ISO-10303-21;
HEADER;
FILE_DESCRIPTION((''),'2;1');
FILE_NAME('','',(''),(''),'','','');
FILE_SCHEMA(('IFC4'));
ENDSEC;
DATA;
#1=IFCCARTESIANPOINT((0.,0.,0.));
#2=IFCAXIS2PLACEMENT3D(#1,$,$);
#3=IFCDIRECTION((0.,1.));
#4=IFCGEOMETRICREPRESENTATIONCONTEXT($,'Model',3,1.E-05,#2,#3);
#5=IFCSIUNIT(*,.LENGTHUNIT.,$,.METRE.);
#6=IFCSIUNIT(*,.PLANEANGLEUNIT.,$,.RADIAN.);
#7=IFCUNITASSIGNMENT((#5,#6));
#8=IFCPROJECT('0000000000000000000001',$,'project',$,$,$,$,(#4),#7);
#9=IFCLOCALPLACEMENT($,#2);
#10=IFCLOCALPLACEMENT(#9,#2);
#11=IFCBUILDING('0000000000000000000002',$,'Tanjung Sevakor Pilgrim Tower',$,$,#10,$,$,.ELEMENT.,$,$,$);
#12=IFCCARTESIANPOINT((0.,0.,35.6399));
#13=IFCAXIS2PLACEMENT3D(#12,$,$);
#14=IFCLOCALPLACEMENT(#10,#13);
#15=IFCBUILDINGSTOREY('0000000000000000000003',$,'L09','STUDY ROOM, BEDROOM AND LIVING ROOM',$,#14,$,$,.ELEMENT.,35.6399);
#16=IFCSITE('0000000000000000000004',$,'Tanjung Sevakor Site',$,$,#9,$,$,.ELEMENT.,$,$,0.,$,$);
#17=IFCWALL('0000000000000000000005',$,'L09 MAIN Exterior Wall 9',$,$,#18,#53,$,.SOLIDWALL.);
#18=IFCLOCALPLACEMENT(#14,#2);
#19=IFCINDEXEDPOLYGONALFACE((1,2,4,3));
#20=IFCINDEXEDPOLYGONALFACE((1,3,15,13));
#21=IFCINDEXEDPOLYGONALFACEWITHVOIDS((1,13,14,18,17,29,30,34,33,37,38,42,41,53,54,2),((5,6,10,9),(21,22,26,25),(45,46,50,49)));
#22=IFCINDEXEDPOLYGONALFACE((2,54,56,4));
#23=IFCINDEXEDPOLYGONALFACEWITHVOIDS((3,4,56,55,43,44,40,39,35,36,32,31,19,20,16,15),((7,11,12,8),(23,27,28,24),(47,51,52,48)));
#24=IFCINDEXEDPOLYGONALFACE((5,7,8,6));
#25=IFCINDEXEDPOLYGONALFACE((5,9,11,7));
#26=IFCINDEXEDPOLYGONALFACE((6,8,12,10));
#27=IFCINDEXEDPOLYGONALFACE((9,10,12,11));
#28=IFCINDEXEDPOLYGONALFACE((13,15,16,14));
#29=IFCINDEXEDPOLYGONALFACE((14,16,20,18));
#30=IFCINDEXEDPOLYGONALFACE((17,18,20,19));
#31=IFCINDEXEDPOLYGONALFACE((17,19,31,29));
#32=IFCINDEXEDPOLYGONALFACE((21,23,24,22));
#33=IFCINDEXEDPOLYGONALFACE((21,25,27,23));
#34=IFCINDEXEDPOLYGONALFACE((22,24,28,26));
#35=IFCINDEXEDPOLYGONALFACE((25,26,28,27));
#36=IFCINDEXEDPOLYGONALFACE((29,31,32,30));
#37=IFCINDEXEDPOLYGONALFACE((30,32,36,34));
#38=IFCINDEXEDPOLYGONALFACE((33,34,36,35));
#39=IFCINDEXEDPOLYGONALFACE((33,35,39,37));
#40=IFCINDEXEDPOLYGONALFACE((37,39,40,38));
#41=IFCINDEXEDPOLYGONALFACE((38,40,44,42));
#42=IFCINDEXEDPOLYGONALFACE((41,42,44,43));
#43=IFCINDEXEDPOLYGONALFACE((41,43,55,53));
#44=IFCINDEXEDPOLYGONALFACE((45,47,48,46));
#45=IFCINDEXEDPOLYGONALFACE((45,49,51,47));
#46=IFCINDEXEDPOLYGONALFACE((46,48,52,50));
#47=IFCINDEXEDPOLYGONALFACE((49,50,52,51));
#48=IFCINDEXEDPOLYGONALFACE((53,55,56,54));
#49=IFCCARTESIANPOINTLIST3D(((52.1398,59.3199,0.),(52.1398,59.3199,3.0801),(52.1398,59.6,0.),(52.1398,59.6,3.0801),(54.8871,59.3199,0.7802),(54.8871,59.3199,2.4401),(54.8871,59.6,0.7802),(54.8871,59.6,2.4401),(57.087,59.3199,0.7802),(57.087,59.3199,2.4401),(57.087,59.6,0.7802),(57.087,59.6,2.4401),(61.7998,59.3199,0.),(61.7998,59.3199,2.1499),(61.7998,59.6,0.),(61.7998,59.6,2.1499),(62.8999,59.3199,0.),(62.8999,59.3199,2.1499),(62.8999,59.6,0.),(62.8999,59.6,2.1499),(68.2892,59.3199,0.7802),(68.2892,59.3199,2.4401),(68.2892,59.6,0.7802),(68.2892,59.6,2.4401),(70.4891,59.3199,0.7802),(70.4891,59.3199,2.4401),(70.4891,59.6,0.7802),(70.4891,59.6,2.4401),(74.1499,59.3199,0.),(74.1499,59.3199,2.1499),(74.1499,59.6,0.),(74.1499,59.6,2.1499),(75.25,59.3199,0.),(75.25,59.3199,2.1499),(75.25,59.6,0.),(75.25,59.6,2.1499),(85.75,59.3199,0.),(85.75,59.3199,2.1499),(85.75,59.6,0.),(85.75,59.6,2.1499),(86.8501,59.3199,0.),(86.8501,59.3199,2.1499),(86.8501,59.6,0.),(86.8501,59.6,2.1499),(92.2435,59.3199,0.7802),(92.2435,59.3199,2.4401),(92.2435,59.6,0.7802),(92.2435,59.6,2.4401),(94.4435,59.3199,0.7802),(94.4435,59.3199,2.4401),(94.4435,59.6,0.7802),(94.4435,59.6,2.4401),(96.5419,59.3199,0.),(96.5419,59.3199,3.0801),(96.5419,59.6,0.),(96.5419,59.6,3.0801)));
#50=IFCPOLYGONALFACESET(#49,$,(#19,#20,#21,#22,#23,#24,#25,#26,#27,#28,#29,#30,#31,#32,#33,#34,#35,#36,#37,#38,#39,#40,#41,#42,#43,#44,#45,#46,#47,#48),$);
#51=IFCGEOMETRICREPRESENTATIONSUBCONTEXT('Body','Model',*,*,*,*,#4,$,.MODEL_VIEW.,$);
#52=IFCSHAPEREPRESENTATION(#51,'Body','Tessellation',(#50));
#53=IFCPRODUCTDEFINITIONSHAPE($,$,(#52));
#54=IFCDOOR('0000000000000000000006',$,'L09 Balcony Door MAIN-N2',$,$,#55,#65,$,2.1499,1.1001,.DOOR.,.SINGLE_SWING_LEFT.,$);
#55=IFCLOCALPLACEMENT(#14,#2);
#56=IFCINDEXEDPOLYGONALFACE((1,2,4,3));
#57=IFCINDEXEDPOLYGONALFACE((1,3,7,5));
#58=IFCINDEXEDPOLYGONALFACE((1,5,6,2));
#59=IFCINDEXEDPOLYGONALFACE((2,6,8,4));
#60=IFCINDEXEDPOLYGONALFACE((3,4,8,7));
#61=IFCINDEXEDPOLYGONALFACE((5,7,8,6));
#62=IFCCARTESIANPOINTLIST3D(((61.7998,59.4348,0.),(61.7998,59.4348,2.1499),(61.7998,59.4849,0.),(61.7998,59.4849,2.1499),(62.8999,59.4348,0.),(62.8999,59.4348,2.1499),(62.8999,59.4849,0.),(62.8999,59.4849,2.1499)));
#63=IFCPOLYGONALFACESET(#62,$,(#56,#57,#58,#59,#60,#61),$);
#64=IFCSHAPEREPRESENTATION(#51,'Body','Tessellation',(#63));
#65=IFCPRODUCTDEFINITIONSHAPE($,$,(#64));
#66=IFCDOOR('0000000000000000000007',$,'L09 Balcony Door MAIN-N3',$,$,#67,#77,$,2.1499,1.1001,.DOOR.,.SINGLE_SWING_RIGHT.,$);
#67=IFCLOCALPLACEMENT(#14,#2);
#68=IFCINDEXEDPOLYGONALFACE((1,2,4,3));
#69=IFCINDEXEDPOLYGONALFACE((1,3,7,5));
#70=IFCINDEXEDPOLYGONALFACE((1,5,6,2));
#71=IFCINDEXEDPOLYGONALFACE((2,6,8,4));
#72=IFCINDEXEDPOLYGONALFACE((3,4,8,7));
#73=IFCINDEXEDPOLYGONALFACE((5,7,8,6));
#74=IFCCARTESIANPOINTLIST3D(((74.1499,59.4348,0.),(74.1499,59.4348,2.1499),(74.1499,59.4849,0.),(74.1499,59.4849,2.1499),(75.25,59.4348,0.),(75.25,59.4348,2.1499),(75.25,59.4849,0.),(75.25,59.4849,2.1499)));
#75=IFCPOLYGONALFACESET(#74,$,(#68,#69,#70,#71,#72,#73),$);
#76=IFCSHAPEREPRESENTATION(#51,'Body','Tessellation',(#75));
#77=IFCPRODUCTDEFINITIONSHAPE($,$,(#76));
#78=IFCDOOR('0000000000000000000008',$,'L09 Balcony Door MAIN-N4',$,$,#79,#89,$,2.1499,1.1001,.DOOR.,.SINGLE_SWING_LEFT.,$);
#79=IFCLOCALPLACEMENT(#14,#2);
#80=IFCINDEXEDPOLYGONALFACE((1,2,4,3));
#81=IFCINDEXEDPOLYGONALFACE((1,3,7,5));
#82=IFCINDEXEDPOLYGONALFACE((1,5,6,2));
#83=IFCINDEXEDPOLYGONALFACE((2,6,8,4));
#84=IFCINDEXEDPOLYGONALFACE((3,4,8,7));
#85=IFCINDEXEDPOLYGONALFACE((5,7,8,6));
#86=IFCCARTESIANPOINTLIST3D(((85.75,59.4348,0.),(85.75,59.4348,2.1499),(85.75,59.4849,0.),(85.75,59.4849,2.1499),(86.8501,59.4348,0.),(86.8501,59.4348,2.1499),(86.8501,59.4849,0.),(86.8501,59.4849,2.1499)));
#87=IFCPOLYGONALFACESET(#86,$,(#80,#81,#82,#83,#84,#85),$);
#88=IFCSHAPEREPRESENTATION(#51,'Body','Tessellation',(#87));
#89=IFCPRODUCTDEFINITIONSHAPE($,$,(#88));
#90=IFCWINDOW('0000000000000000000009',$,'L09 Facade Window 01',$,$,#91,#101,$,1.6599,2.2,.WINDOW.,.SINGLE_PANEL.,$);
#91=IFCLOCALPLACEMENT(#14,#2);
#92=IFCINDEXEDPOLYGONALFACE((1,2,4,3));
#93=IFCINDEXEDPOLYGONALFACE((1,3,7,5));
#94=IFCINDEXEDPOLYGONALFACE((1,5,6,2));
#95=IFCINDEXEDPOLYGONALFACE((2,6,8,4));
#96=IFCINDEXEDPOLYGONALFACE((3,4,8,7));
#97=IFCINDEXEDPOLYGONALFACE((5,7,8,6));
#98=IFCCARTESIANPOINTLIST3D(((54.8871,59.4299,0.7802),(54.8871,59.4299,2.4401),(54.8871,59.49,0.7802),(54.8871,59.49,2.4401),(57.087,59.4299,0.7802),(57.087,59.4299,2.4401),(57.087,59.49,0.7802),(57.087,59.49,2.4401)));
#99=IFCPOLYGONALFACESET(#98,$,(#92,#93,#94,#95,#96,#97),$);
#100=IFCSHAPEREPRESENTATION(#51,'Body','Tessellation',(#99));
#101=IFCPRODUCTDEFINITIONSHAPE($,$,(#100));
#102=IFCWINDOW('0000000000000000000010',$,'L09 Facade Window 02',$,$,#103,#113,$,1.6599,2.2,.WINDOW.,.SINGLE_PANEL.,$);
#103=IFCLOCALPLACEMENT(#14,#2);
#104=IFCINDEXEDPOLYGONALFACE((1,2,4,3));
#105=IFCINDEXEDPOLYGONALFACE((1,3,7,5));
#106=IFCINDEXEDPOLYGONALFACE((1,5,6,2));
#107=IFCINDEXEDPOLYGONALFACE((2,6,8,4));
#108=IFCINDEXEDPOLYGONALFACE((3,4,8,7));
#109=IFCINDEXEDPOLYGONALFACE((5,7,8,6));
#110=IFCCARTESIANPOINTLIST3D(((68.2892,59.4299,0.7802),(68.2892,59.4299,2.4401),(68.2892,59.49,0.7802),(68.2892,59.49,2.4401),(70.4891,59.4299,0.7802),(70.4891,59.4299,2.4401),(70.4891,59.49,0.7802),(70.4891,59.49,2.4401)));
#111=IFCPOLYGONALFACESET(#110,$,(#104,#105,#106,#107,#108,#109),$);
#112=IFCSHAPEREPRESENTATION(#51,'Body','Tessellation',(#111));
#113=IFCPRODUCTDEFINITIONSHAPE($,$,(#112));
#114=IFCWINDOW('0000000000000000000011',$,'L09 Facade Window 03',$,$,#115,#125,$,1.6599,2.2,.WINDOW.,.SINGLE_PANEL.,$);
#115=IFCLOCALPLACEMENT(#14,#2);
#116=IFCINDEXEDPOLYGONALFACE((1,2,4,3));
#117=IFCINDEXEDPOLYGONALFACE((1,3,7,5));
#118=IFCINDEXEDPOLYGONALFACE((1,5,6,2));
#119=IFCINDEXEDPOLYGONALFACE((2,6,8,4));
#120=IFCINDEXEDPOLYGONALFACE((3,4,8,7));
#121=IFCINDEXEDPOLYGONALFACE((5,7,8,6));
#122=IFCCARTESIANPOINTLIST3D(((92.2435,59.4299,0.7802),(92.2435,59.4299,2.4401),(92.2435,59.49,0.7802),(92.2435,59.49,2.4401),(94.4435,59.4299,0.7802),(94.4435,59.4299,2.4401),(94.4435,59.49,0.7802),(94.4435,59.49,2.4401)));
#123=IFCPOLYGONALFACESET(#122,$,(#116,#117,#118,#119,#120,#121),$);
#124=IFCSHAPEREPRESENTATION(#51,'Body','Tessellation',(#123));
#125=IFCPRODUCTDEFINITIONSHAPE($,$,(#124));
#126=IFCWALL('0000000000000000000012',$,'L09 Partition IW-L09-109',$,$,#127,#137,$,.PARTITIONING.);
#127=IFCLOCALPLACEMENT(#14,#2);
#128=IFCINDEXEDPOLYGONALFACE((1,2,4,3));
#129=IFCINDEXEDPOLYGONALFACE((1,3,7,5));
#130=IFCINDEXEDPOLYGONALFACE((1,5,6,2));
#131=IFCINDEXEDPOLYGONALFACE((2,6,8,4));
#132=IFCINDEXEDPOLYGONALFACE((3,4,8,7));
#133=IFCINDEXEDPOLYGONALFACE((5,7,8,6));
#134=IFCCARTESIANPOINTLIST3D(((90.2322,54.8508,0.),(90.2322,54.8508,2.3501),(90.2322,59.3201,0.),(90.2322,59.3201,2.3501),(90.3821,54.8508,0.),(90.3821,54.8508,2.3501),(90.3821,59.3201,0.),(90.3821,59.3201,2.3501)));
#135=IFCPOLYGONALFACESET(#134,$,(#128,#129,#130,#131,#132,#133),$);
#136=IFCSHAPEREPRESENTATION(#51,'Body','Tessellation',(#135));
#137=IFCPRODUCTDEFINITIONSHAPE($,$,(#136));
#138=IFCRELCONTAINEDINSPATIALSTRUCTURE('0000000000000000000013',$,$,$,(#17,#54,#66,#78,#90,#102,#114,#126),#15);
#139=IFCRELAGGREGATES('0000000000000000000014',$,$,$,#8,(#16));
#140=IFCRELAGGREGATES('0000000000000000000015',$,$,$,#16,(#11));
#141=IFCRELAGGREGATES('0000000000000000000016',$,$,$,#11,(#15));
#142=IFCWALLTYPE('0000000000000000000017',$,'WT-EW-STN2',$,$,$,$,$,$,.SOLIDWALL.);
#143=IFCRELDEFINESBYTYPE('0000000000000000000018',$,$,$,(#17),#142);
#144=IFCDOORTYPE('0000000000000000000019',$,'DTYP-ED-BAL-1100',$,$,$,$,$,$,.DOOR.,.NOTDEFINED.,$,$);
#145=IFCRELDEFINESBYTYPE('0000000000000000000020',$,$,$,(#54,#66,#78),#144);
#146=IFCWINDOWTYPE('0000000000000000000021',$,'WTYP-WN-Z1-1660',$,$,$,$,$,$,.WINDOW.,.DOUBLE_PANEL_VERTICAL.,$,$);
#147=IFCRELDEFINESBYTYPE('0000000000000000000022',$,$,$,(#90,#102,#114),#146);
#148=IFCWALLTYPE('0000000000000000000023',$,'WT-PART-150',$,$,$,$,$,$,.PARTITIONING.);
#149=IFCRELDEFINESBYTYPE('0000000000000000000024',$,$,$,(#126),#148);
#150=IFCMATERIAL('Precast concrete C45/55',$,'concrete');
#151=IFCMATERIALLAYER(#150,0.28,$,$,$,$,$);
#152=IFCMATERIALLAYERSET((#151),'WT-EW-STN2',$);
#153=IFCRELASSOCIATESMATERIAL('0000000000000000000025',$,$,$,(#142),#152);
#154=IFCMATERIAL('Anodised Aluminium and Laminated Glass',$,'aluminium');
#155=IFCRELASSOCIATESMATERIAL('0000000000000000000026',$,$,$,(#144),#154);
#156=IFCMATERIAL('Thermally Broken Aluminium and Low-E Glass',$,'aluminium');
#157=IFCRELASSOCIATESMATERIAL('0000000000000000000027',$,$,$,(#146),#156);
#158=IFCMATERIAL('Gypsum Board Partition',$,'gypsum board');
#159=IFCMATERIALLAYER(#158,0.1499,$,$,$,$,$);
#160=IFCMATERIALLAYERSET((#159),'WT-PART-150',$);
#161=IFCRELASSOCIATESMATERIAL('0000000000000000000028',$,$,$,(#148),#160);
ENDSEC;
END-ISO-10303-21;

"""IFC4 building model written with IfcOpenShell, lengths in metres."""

from ifc_helpers import new_model, si_unit, direction, frame, frame_2d, origin, place, context, subcontext, project, spatial, rectangle, extrude, material, layer, layer_set, type_object, element, fill, save


model = new_model("IFC4")

# Units and contexts
model_context = context("Model", 3, precision=1e-05, world=origin(), true_north=direction((0.0, 1.0)))
body_context = subcontext(model_context, "Body", "Model", "MODEL_VIEW")
ifc_project = project(units=[si_unit("LENGTHUNIT", "METRE"), si_unit("PLANEANGLEUNIT", "RADIAN")], contexts=[model_context])

# Site, building, storey
site_placement = place(None, origin())
site = spatial("IfcSite", under=ifc_project, at=site_placement, Name="Tanjung Sevakor Site", CompositionType="ELEMENT", RefElevation=0.0)
building_placement = place(site_placement, origin())
building = spatial("IfcBuilding", under=site, at=building_placement, Name="Tanjung Sevakor Pilgrim Tower", CompositionType="ELEMENT")
storey_placement = place(building_placement, frame((0.0, 0.0, 35.6399)))
storey = spatial("IfcBuildingStorey", under=building, at=storey_placement, Name="L09", Description="STUDY ROOM, BEDROOM AND LIVING ROOM", CompositionType="ELEMENT", Elevation=35.6399)

# Wall, openings, doors, windows
ifc_material_1 = material(Name="Precast concrete C45/55", Category="concrete")
ifc_layer_1 = layer(ifc_material_1, 0.28)
ifc_layer_set_1 = layer_set([ifc_layer_1], Name="WT-EW-STN2")
wall_type_1 = type_object("IfcWallType", Name="WT-EW-STN2", PredefinedType="SOLIDWALL", material=ifc_layer_set_1)
wall_1_placement = place(storey_placement, frame((96.542, 59.46, 0.0), z_axis=(0.0, 0.0, 1.0), x_axis=(-1.0, 0.0, 0.0)))
wall_1 = element("IfcWall", 1, at=wall_1_placement, inside=storey, type_object=wall_type_1, Name="L09 MAIN Exterior Wall 9", PredefinedType="SOLIDWALL", context=body_context, shape_type="SweptSolid", body=[
    extrude(rectangle(XDim=44.4021, YDim=0.28, at=frame_2d((22.2012, 0.0))), origin(), (0.0, 0.0, 1.0), 3.0801),
])
opening_1_placement = place(wall_1_placement, frame((33.6421, 0.0, 0.0)))
opening_1 = element("IfcOpeningElement", 2, at=opening_1_placement, cuts=wall_1, PredefinedType="OPENING", context=body_context, shape_type="SweptSolid", body=[
    extrude(rectangle(XDim=1.1001, YDim=2.1499, at=frame_2d((0.55, 1.075))), frame((0.0, 0.1499, 0.0), z_axis=(0.0, -1.0, 0.0), x_axis=(1.0, 0.0, 0.0)), (0.0, 0.0, 1.0), 0.3),
])
opening_2_placement = place(wall_1_placement, frame((21.292, 0.0, 0.0)))
opening_2 = element("IfcOpeningElement", 3, at=opening_2_placement, cuts=wall_1, PredefinedType="OPENING", context=body_context, shape_type="SweptSolid", body=[
    extrude(rectangle(XDim=1.1001, YDim=2.1499, at=frame_2d((0.55, 1.075))), frame((0.0, 0.1499, 0.0), z_axis=(0.0, -1.0, 0.0), x_axis=(1.0, 0.0, 0.0)), (0.0, 0.0, 1.0), 0.3),
])
opening_3_placement = place(wall_1_placement, frame((9.6919, 0.0, 0.0)))
opening_3 = element("IfcOpeningElement", 4, at=opening_3_placement, cuts=wall_1, PredefinedType="OPENING", context=body_context, shape_type="SweptSolid", body=[
    extrude(rectangle(XDim=1.1001, YDim=2.1499, at=frame_2d((0.55, 1.075))), frame((0.0, 0.1499, 0.0), z_axis=(0.0, -1.0, 0.0), x_axis=(1.0, 0.0, 0.0)), (0.0, 0.0, 1.0), 0.3),
])
opening_4_placement = place(wall_1_placement, frame((39.4548, 0.0, 0.78)))
opening_4 = element("IfcOpeningElement", 5, at=opening_4_placement, cuts=wall_1, PredefinedType="OPENING", context=body_context, shape_type="SweptSolid", body=[
    extrude(rectangle(XDim=2.2, YDim=1.6599, at=frame_2d((1.1001, 0.8301))), frame((0.0, 0.1499, 0.0), z_axis=(0.0, -1.0, 0.0), x_axis=(1.0, 0.0, 0.0)), (0.0, 0.0, 1.0), 0.3),
])
opening_5_placement = place(wall_1_placement, frame((26.0527, 0.0, 0.78)))
opening_5 = element("IfcOpeningElement", 6, at=opening_5_placement, cuts=wall_1, PredefinedType="OPENING", context=body_context, shape_type="SweptSolid", body=[
    extrude(rectangle(XDim=2.2, YDim=1.6599, at=frame_2d((1.1001, 0.8301))), frame((0.0, 0.1499, 0.0), z_axis=(0.0, -1.0, 0.0), x_axis=(1.0, 0.0, 0.0)), (0.0, 0.0, 1.0), 0.3),
])
opening_6_placement = place(wall_1_placement, frame((2.0984, 0.0, 0.78)))
opening_6 = element("IfcOpeningElement", 7, at=opening_6_placement, cuts=wall_1, PredefinedType="OPENING", context=body_context, shape_type="SweptSolid", body=[
    extrude(rectangle(XDim=2.2, YDim=1.6599, at=frame_2d((1.1001, 0.8301))), frame((0.0, 0.1499, 0.0), z_axis=(0.0, -1.0, 0.0), x_axis=(1.0, 0.0, 0.0)), (0.0, 0.0, 1.0), 0.3),
])
ifc_material_2 = material(Name="Anodised Aluminium and Laminated Glass", Category="aluminium")
door_type_1 = type_object("IfcDoorType", Name="DTYP-ED-BAL-1100", OperationType="NOTDEFINED", PredefinedType="DOOR", material=ifc_material_2)
door_1_placement = place(opening_1_placement, frame((1.1001, 0.0, 0.0), z_axis=(0.0, 0.0, 1.0), x_axis=(-1.0, 0.0, 0.0)))
door_1 = element("IfcDoor", 8, at=door_1_placement, inside=storey, type_object=door_type_1, Name="L09 Balcony Door MAIN-N2", OperationType="SINGLE_SWING_LEFT", OverallHeight=2.1499, OverallWidth=1.1001, PredefinedType="DOOR", context=body_context, shape_type="SweptSolid", body=[
    extrude(rectangle(XDim=1.1001, YDim=2.1499, at=frame_2d((0.55, 1.075))), frame((0.0, 0.0249, 0.0), z_axis=(0.0, -1.0, 0.0), x_axis=(1.0, 0.0, 0.0)), (0.0, 0.0, 1.0), 0.05),
])
fill(opening_1, door_1)
door_2_placement = place(opening_2_placement, frame((1.1001, 0.0, 0.0), z_axis=(0.0, 0.0, 1.0), x_axis=(-1.0, 0.0, 0.0)))
door_2 = element("IfcDoor", 9, at=door_2_placement, inside=storey, type_object=door_type_1, Name="L09 Balcony Door MAIN-N3", OperationType="SINGLE_SWING_RIGHT", OverallHeight=2.1499, OverallWidth=1.1001, PredefinedType="DOOR", context=body_context, shape_type="SweptSolid", body=[
    extrude(rectangle(XDim=1.1001, YDim=2.1499, at=frame_2d((0.55, 1.075))), frame((0.0, 0.0249, 0.0), z_axis=(0.0, -1.0, 0.0), x_axis=(1.0, 0.0, 0.0)), (0.0, 0.0, 1.0), 0.05),
])
fill(opening_2, door_2)
door_3_placement = place(opening_3_placement, frame((1.1001, 0.0, 0.0), z_axis=(0.0, 0.0, 1.0), x_axis=(-1.0, 0.0, 0.0)))
door_3 = element("IfcDoor", 10, at=door_3_placement, inside=storey, type_object=door_type_1, Name="L09 Balcony Door MAIN-N4", OperationType="SINGLE_SWING_LEFT", OverallHeight=2.1499, OverallWidth=1.1001, PredefinedType="DOOR", context=body_context, shape_type="SweptSolid", body=[
    extrude(rectangle(XDim=1.1001, YDim=2.1499, at=frame_2d((0.55, 1.075))), frame((0.0, 0.0249, 0.0), z_axis=(0.0, -1.0, 0.0), x_axis=(1.0, 0.0, 0.0)), (0.0, 0.0, 1.0), 0.05),
])
fill(opening_3, door_3)
ifc_material_3 = material(Name="Thermally Broken Aluminium and Low-E Glass", Category="aluminium")
window_type = type_object("IfcWindowType", Name="WTYP-WN-Z1-1660", PartitioningType="DOUBLE_PANEL_VERTICAL", PredefinedType="WINDOW", material=ifc_material_3)
window_1_placement = place(opening_4_placement, origin())
window_1 = element("IfcWindow", 11, at=window_1_placement, inside=storey, type_object=window_type, Name="L09 Facade Window 01", OverallHeight=1.6599, OverallWidth=2.2, PartitioningType="SINGLE_PANEL", PredefinedType="WINDOW", context=body_context, shape_type="SweptSolid", body=[
    extrude(rectangle(XDim=2.2, YDim=1.6599, at=frame_2d((1.1001, 0.8301))), frame((0.0, 0.03, 0.0), z_axis=(0.0, -1.0, 0.0), x_axis=(1.0, 0.0, 0.0)), (0.0, 0.0, 1.0), 0.0601),
])
fill(opening_4, window_1)
window_2_placement = place(opening_5_placement, origin())
window_2 = element("IfcWindow", 12, at=window_2_placement, inside=storey, type_object=window_type, Name="L09 Facade Window 02", OverallHeight=1.6599, OverallWidth=2.2, PartitioningType="SINGLE_PANEL", PredefinedType="WINDOW", context=body_context, shape_type="SweptSolid", body=[
    extrude(rectangle(XDim=2.2, YDim=1.6599, at=frame_2d((1.1001, 0.8301))), frame((0.0, 0.03, 0.0), z_axis=(0.0, -1.0, 0.0), x_axis=(1.0, 0.0, 0.0)), (0.0, 0.0, 1.0), 0.0601),
])
fill(opening_5, window_2)
window_3_placement = place(opening_6_placement, origin())
window_3 = element("IfcWindow", 13, at=window_3_placement, inside=storey, type_object=window_type, Name="L09 Facade Window 03", OverallHeight=1.6599, OverallWidth=2.2, PartitioningType="SINGLE_PANEL", PredefinedType="WINDOW", context=body_context, shape_type="SweptSolid", body=[
    extrude(rectangle(XDim=2.2, YDim=1.6599, at=frame_2d((1.1001, 0.8301))), frame((0.0, 0.03, 0.0), z_axis=(0.0, -1.0, 0.0), x_axis=(1.0, 0.0, 0.0)), (0.0, 0.0, 1.0), 0.0601),
])
fill(opening_6, window_3)

# Wall
ifc_material_4 = material(Name="Gypsum Board Partition", Category="gypsum board")
ifc_layer_2 = layer(ifc_material_4, 0.1499)
ifc_layer_set_2 = layer_set([ifc_layer_2], Name="WT-PART-150")
wall_type_2 = type_object("IfcWallType", Name="WT-PART-150", PredefinedType="PARTITIONING", material=ifc_layer_set_2)
wall_2_placement = place(storey_placement, frame((90.3071, 54.8508, 0.0), z_axis=(0.0, 0.0, 1.0), x_axis=(0.0, 1.0, 0.0)))
element("IfcWall", 14, at=wall_2_placement, inside=storey, type_object=wall_type_2, Name="L09 Partition IW-L09-109", PredefinedType="PARTITIONING", context=body_context, shape_type="SweptSolid", body=[
    extrude(rectangle(XDim=4.4692, YDim=0.1499, at=frame_2d((2.2346, 0.0))), origin(), (0.0, 0.0, 1.0), 2.3501),
])

save(model, "model.ifc")
